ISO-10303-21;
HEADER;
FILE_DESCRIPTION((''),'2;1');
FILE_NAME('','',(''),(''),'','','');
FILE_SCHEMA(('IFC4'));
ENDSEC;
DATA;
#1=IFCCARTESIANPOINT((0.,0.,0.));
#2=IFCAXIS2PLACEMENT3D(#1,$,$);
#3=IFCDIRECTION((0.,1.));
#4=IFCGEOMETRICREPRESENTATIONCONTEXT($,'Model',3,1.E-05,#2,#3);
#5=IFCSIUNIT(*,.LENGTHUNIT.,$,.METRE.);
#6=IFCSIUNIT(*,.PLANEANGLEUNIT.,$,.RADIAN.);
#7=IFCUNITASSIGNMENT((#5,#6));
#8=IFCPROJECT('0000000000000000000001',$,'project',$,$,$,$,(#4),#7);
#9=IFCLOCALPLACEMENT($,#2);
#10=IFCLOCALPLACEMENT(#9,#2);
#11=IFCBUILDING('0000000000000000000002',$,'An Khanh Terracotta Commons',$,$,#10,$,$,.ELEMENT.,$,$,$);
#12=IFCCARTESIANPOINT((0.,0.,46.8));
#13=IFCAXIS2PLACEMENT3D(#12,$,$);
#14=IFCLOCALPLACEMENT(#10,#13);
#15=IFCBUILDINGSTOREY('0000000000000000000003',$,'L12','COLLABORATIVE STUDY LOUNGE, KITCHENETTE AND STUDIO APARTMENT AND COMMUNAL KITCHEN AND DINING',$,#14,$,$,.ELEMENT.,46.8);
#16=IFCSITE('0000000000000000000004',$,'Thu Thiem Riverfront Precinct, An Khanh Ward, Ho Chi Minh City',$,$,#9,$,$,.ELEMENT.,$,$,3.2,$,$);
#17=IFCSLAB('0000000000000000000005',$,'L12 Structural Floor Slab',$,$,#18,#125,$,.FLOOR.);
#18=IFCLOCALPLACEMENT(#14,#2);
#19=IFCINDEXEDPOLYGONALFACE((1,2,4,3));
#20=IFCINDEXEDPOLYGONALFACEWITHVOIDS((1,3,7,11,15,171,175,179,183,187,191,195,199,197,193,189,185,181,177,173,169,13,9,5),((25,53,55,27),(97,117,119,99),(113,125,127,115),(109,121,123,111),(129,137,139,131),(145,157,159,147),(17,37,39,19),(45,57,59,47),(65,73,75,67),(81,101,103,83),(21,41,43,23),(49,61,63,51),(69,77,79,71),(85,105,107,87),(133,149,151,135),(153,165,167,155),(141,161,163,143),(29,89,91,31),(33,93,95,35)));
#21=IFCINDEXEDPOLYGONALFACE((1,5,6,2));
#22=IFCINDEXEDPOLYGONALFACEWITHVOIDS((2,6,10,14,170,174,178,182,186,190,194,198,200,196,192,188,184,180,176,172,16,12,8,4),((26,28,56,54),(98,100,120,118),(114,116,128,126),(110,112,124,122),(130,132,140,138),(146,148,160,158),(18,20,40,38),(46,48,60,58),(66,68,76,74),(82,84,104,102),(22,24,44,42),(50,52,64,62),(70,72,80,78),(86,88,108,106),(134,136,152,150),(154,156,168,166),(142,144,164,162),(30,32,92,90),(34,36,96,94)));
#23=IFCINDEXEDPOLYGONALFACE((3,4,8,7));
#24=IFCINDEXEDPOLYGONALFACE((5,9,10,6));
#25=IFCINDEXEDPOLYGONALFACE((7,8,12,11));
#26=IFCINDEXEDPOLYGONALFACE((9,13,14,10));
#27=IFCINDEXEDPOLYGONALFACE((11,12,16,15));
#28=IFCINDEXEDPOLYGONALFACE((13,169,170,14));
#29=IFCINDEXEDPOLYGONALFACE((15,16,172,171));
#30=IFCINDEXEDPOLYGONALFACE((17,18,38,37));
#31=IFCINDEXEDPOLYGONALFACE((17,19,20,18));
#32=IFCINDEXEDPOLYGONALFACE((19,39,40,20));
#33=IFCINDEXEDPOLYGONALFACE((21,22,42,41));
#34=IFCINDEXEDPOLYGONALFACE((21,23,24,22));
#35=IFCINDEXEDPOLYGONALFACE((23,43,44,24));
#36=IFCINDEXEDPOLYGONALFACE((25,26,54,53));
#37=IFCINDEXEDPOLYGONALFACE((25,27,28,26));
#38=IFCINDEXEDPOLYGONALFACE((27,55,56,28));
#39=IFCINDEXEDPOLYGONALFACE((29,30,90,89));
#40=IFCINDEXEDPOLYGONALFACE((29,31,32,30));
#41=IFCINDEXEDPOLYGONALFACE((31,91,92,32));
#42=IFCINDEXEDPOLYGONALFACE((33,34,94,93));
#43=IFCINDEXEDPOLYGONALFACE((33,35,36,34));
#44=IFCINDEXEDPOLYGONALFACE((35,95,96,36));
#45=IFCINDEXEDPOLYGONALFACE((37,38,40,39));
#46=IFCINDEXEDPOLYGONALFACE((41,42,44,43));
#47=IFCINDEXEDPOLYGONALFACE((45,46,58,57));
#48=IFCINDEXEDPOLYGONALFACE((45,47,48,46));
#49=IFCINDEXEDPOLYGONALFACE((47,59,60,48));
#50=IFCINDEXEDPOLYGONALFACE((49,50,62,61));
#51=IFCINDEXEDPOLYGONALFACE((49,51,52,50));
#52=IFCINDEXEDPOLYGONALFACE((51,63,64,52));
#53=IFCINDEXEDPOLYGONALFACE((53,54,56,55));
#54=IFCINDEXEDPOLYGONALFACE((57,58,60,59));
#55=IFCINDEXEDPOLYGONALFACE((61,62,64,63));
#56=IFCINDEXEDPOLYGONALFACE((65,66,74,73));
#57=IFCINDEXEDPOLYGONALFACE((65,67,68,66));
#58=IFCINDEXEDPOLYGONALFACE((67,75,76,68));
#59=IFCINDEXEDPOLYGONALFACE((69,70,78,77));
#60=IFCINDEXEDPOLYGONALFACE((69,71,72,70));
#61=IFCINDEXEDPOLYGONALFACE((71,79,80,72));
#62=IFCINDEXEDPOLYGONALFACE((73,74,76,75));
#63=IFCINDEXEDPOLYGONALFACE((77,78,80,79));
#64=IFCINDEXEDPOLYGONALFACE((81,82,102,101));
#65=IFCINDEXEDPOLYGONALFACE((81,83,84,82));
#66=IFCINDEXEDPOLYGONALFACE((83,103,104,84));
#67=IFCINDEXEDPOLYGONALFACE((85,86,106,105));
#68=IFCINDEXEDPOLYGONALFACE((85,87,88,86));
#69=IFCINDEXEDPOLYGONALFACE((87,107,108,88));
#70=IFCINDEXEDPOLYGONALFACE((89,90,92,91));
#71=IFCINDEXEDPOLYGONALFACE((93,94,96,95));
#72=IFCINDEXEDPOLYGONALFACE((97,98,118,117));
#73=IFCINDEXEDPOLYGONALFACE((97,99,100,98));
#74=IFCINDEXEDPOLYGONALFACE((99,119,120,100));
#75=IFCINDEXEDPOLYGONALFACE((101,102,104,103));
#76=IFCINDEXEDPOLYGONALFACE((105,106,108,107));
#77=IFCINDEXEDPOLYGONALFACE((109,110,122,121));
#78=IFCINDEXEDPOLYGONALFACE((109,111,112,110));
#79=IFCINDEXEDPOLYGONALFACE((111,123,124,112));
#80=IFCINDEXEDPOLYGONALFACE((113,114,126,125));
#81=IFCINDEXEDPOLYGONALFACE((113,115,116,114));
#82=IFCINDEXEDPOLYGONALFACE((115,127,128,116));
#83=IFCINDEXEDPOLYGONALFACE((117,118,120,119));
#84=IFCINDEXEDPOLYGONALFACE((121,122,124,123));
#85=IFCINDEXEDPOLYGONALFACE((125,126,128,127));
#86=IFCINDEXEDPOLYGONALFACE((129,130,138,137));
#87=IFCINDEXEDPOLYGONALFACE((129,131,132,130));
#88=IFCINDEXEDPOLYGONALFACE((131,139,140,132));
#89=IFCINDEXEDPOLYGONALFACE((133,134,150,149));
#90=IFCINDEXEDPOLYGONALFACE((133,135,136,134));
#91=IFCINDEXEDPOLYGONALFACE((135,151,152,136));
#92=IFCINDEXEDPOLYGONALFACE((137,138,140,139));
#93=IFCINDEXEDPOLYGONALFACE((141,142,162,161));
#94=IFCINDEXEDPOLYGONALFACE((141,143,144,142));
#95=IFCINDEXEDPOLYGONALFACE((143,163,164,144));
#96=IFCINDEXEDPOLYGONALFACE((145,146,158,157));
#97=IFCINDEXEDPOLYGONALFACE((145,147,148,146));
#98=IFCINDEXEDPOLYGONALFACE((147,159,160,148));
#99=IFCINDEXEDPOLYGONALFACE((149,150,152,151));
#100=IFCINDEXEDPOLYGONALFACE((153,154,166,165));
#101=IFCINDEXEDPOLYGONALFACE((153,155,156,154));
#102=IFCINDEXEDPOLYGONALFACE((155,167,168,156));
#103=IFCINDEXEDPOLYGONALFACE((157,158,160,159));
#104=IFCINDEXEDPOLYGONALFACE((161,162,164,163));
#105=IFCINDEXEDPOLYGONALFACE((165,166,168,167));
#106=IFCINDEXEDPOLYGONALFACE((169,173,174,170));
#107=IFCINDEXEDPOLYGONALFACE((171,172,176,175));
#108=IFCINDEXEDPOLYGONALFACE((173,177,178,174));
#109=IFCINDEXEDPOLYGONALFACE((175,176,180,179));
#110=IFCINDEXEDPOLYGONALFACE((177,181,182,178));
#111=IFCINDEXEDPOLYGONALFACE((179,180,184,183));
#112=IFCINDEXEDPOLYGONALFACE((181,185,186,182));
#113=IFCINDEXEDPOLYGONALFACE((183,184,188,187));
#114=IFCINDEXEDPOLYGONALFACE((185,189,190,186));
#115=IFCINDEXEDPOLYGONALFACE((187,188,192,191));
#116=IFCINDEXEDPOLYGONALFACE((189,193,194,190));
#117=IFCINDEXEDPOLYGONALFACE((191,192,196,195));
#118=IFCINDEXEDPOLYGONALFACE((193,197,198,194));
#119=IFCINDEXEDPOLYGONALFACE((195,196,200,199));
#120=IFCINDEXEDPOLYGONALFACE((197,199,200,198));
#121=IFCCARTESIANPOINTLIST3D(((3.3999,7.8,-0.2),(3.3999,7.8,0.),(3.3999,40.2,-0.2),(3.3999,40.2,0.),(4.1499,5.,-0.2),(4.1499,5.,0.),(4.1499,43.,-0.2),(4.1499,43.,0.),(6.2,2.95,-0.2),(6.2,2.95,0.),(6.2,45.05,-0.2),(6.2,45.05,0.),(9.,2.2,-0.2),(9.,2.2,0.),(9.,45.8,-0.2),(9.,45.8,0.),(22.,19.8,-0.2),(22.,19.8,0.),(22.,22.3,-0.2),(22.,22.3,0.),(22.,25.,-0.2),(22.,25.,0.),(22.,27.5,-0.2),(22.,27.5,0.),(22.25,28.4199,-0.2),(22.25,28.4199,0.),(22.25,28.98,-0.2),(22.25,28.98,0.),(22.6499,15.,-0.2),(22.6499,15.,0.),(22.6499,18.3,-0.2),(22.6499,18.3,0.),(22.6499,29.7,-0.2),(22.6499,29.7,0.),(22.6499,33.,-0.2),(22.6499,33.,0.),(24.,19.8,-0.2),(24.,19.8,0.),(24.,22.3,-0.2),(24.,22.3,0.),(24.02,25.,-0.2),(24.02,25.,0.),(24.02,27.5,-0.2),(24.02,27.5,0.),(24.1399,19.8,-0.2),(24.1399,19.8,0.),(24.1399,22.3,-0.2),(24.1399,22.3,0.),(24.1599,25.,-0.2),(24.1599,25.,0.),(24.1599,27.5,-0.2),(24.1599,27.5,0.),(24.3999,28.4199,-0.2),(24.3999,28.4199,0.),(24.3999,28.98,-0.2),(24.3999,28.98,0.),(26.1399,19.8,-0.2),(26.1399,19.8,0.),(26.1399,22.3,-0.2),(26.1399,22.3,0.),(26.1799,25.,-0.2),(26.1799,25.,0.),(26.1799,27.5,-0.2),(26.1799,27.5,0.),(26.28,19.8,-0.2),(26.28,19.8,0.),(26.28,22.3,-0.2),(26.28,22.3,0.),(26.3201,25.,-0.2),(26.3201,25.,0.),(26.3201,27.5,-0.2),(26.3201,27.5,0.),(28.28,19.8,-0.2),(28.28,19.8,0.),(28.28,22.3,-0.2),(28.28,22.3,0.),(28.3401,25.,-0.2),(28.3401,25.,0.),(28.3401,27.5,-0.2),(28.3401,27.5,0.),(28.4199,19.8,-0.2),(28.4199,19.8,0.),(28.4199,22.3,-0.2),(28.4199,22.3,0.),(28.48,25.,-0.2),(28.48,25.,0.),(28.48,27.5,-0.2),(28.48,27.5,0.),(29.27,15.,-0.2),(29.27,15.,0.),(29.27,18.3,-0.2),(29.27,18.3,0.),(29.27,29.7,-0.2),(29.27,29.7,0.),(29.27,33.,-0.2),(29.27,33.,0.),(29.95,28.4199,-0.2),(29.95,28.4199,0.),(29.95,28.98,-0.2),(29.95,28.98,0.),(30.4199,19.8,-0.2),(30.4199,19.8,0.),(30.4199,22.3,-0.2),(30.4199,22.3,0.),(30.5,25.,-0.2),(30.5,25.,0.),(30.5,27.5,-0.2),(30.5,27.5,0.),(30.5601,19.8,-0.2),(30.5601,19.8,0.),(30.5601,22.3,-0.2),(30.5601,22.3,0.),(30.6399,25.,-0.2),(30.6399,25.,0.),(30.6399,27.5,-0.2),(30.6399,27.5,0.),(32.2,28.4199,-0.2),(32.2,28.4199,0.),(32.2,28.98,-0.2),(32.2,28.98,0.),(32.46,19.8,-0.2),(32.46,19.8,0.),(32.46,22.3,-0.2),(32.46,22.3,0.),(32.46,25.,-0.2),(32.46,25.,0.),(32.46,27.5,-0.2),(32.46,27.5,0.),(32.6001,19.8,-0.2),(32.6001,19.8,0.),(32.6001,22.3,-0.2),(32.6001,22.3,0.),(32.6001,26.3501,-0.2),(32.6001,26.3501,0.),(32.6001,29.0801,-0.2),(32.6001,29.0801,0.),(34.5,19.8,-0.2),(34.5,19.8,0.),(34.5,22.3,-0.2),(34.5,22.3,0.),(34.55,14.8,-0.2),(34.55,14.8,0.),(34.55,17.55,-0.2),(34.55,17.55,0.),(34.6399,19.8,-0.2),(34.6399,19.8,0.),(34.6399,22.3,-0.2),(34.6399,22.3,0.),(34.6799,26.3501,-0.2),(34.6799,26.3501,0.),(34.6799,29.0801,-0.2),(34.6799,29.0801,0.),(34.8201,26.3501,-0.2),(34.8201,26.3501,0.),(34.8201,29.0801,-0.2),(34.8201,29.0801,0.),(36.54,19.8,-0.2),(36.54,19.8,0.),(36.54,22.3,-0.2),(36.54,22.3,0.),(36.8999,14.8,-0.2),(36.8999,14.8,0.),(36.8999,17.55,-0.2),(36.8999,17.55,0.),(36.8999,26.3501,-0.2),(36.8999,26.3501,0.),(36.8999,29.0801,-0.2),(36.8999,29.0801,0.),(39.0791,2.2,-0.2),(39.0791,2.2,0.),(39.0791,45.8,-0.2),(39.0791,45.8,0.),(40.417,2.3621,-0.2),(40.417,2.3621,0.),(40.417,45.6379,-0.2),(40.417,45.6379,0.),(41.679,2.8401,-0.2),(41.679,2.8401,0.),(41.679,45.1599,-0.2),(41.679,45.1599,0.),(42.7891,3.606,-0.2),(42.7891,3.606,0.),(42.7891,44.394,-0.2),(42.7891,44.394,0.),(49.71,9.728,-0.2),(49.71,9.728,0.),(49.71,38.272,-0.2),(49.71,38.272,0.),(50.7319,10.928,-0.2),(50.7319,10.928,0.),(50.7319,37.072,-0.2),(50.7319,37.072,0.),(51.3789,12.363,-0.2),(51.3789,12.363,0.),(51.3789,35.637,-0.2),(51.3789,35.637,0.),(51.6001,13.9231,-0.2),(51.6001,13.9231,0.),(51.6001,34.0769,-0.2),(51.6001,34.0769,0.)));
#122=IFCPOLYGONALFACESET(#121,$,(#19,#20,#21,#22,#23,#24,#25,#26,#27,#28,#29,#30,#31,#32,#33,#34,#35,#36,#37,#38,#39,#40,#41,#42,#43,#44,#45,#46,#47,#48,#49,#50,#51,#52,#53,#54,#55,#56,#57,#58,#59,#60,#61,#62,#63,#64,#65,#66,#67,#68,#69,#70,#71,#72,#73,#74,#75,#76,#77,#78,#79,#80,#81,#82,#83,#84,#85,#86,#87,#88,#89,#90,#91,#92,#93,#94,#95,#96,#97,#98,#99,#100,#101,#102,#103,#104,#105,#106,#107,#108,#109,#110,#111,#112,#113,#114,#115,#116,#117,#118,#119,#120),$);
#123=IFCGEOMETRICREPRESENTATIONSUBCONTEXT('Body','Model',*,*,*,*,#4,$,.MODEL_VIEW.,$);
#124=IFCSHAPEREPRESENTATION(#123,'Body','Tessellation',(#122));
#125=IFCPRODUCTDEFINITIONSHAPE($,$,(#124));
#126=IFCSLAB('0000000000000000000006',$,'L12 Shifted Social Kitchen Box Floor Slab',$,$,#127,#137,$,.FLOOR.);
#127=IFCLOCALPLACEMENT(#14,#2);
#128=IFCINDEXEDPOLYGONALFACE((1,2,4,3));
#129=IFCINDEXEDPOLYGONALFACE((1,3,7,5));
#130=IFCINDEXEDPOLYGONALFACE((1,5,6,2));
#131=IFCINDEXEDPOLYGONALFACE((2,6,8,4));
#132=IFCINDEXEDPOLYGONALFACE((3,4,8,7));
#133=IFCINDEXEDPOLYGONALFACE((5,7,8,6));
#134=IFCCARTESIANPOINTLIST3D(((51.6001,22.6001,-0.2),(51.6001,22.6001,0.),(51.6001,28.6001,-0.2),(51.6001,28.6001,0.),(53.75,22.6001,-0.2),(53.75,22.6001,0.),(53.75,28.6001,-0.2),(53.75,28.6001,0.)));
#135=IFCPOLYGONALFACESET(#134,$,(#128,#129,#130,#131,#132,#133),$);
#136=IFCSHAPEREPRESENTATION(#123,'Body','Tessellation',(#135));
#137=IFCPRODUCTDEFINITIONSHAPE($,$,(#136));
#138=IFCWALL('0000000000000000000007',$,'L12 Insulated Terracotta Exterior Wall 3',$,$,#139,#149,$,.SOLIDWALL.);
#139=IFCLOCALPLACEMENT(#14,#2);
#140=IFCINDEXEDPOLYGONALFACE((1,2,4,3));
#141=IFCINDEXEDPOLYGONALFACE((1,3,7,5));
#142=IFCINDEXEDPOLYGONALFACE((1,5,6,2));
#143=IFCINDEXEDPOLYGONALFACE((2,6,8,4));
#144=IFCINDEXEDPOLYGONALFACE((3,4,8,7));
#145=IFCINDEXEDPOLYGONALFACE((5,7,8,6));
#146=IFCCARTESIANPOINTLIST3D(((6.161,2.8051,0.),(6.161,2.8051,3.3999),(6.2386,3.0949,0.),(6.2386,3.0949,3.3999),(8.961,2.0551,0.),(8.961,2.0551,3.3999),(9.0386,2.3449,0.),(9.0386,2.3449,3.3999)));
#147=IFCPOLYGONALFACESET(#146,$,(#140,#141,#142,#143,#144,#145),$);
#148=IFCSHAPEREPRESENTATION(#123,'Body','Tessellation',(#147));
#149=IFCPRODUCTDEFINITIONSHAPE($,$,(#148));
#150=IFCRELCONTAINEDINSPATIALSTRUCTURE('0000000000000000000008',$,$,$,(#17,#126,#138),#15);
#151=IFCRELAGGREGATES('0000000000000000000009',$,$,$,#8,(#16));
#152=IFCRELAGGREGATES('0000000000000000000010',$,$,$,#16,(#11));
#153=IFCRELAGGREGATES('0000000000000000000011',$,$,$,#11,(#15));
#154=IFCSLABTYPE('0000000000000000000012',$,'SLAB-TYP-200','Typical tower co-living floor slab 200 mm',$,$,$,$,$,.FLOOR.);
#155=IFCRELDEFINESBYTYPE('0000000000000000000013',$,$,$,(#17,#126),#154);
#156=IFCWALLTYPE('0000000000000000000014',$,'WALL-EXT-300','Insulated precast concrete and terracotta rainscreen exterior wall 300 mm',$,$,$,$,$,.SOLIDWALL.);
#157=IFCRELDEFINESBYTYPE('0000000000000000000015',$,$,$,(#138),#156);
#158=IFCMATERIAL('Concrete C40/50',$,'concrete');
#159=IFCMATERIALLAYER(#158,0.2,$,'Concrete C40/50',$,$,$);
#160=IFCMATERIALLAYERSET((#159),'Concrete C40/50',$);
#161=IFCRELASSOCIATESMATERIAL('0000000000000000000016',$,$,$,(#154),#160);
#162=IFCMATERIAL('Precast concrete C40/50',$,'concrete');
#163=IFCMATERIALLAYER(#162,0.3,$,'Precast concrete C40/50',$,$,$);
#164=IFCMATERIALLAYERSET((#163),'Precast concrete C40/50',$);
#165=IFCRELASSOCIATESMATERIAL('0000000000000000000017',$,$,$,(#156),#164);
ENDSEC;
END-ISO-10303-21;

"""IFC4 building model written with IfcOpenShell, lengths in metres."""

from ifc_helpers import new_model, si_unit, direction, frame, frame_2d, origin, place, context, subcontext, project, spatial, polyline, rectangle, outline, extrude, material, layer, layer_set, type_object, element, save


model = new_model("IFC4")

# Units and contexts
model_context = context("Model", 3, precision=1e-05, world=origin(), true_north=direction((0.0, 1.0)))
body_context = subcontext(model_context, "Body", "Model", "MODEL_VIEW")
ifc_project = project(units=[si_unit("LENGTHUNIT", "METRE"), si_unit("PLANEANGLEUNIT", "RADIAN")], contexts=[model_context])

# Site, building, storey
site_placement = place(None, origin())
site = spatial("IfcSite", under=ifc_project, at=site_placement, Name="Thu Thiem Riverfront Precinct, An Khanh Ward, Ho Chi Minh City", CompositionType="ELEMENT", RefElevation=3.2)
building_placement = place(site_placement, origin())
building = spatial("IfcBuilding", under=site, at=building_placement, Name="An Khanh Terracotta Commons", CompositionType="ELEMENT")
storey_placement = place(building_placement, frame((0.0, 0.0, 46.8)))
storey = spatial("IfcBuildingStorey", under=building, at=storey_placement, Name="L12", Description="COLLABORATIVE STUDY LOUNGE, KITCHENETTE AND STUDIO APARTMENT AND COMMUNAL KITCHEN AND DINING", CompositionType="ELEMENT", Elevation=46.8)

# Shared definitions
ifc_material_1 = material(Name="Concrete C40/50", Category="concrete")

# Shared definitions
ifc_material_2 = material(Name="Precast concrete C40/50", Category="concrete")

# Slabs
ifc_layer_1 = layer(ifc_material_1, 0.2, Name="Concrete C40/50")
ifc_layer_set_1 = layer_set([ifc_layer_1], Name="Concrete C40/50")
slab_type_1 = type_object("IfcSlabType", Name="SLAB-TYP-200", Description="Typical tower co-living floor slab 200 mm", PredefinedType="FLOOR", material=ifc_layer_set_1)
slab_1_placement = place(storey_placement, frame((0.0, 0.0, -0.2)))
element("IfcSlab", 1, at=slab_1_placement, inside=storey, type_object=slab_type_1, Name="L12 Structural Floor Slab", PredefinedType="FLOOR", context=body_context, shape_type="SweptSolid", body=[
    extrude(outline(polyline([(3.3999, 7.8), (4.1499, 5.0), (6.2, 2.95), (9.0, 2.2), (39.0791, 2.2), (40.417, 2.3621), (41.679, 2.8401), (42.7891, 3.606), (49.71, 9.728), (50.7319, 10.928), (51.3789, 12.363), (51.6001, 13.9231), (51.6001, 34.0769), (51.3789, 35.637), (50.7319, 37.072), (49.71, 38.272), (42.7891, 44.394), (41.679, 45.1599), (40.417, 45.6379), (39.0791, 45.8), (9.0, 45.8), (6.2, 45.05), (4.1499, 43.0), (3.3999, 40.2), (3.3999, 7.8)]), holes=[polyline([(22.6499, 29.7), (29.27, 29.7), (29.27, 33.0), (22.6499, 33.0), (22.6499, 29.7)]), polyline([(22.6499, 15.0), (29.27, 15.0), (29.27, 18.3), (22.6499, 18.3), (22.6499, 15.0)]), polyline([(32.6001, 26.3501), (34.6799, 26.3501), (34.6799, 29.0801), (32.6001, 29.0801), (32.6001, 26.3501)]), polyline([(34.8201, 26.3501), (36.8999, 26.3501), (36.8999, 29.0801), (34.8201, 29.0801), (34.8201, 26.3501)]), polyline([(34.55, 14.8), (36.8999, 14.8), (36.8999, 17.55), (34.55, 17.55), (34.55, 14.8)]), polyline([(22.0, 25.0), (24.02, 25.0), (24.02, 27.5), (22.0, 27.5), (22.0, 25.0)]), polyline([(24.1599, 25.0), (26.1799, 25.0), (26.1799, 27.5), (24.1599, 27.5), (24.1599, 25.0)]), polyline([(22.0, 19.8), (24.0, 19.8), (24.0, 22.3), (22.0, 22.3), (22.0, 19.8)]), polyline([(24.1399, 19.8), (26.1399, 19.8), (26.1399, 22.3), (24.1399, 22.3), (24.1399, 19.8)]), polyline([(26.3201, 25.0), (28.3401, 25.0), (28.3401, 27.5), (26.3201, 27.5), (26.3201, 25.0)]), polyline([(28.48, 25.0), (30.5, 25.0), (30.5, 27.5), (28.48, 27.5), (28.48, 25.0)]), polyline([(26.28, 19.8), (28.28, 19.8), (28.28, 22.3), (26.28, 22.3), (26.28, 19.8)]), polyline([(28.4199, 19.8), (30.4199, 19.8), (30.4199, 22.3), (28.4199, 22.3), (28.4199, 19.8)]), polyline([(30.6399, 25.0), (32.46, 25.0), (32.46, 27.5), (30.6399, 27.5), (30.6399, 25.0)]), polyline([(30.5601, 19.8), (32.46, 19.8), (32.46, 22.3), (30.5601, 22.3), (30.5601, 19.8)]), polyline([(32.6001, 19.8), (34.5, 19.8), (34.5, 22.3), (32.6001, 22.3), (32.6001, 19.8)]), polyline([(34.6399, 19.8), (36.54, 19.8), (36.54, 22.3), (34.6399, 22.3), (34.6399, 19.8)]), polyline([(22.25, 28.4199), (24.3999, 28.4199), (24.3999, 28.98), (22.25, 28.98), (22.25, 28.4199)]), polyline([(29.95, 28.4199), (32.2, 28.4199), (32.2, 28.98), (29.95, 28.98), (29.95, 28.4199)])]), origin(), (0.0, 0.0, 1.0), 0.2),
])
slab_2_placement = place(storey_placement, frame((0.0, 0.0, -0.2)))
element("IfcSlab", 2, at=slab_2_placement, inside=storey, type_object=slab_type_1, Name="L12 Shifted Social Kitchen Box Floor Slab", PredefinedType="FLOOR", context=body_context, shape_type="SweptSolid", body=[
    extrude(outline(polyline([(51.6001, 22.6001), (53.75, 22.6001), (53.75, 28.6001), (51.6001, 28.6001), (51.6001, 22.6001)])), origin(), (0.0, 0.0, 1.0), 0.2),
])

# Wall
ifc_layer_2 = layer(ifc_material_2, 0.3, Name="Precast concrete C40/50")
ifc_layer_set_2 = layer_set([ifc_layer_2], Name="Precast concrete C40/50")
wall_type = type_object("IfcWallType", Name="WALL-EXT-300", Description="Insulated precast concrete and terracotta rainscreen exterior wall 300 mm", PredefinedType="SOLIDWALL", material=ifc_layer_set_2)
wall_1_placement = place(storey_placement, frame((6.2, 2.95, 0.0), z_axis=(0.0, 0.0, 1.0), x_axis=(0.965949, -0.258732, 0.0)))
element("IfcWall", 3, at=wall_1_placement, inside=storey, type_object=wall_type, Name="L12 Insulated Terracotta Exterior Wall 3", PredefinedType="SOLIDWALL", context=body_context, shape_type="SweptSolid", body=[
    extrude(rectangle(XDim=2.8987, YDim=0.3, at=frame_2d((1.4492, 0.0))), origin(), (0.0, 0.0, 1.0), 3.3999),
])

save(model, "model.ifc")
